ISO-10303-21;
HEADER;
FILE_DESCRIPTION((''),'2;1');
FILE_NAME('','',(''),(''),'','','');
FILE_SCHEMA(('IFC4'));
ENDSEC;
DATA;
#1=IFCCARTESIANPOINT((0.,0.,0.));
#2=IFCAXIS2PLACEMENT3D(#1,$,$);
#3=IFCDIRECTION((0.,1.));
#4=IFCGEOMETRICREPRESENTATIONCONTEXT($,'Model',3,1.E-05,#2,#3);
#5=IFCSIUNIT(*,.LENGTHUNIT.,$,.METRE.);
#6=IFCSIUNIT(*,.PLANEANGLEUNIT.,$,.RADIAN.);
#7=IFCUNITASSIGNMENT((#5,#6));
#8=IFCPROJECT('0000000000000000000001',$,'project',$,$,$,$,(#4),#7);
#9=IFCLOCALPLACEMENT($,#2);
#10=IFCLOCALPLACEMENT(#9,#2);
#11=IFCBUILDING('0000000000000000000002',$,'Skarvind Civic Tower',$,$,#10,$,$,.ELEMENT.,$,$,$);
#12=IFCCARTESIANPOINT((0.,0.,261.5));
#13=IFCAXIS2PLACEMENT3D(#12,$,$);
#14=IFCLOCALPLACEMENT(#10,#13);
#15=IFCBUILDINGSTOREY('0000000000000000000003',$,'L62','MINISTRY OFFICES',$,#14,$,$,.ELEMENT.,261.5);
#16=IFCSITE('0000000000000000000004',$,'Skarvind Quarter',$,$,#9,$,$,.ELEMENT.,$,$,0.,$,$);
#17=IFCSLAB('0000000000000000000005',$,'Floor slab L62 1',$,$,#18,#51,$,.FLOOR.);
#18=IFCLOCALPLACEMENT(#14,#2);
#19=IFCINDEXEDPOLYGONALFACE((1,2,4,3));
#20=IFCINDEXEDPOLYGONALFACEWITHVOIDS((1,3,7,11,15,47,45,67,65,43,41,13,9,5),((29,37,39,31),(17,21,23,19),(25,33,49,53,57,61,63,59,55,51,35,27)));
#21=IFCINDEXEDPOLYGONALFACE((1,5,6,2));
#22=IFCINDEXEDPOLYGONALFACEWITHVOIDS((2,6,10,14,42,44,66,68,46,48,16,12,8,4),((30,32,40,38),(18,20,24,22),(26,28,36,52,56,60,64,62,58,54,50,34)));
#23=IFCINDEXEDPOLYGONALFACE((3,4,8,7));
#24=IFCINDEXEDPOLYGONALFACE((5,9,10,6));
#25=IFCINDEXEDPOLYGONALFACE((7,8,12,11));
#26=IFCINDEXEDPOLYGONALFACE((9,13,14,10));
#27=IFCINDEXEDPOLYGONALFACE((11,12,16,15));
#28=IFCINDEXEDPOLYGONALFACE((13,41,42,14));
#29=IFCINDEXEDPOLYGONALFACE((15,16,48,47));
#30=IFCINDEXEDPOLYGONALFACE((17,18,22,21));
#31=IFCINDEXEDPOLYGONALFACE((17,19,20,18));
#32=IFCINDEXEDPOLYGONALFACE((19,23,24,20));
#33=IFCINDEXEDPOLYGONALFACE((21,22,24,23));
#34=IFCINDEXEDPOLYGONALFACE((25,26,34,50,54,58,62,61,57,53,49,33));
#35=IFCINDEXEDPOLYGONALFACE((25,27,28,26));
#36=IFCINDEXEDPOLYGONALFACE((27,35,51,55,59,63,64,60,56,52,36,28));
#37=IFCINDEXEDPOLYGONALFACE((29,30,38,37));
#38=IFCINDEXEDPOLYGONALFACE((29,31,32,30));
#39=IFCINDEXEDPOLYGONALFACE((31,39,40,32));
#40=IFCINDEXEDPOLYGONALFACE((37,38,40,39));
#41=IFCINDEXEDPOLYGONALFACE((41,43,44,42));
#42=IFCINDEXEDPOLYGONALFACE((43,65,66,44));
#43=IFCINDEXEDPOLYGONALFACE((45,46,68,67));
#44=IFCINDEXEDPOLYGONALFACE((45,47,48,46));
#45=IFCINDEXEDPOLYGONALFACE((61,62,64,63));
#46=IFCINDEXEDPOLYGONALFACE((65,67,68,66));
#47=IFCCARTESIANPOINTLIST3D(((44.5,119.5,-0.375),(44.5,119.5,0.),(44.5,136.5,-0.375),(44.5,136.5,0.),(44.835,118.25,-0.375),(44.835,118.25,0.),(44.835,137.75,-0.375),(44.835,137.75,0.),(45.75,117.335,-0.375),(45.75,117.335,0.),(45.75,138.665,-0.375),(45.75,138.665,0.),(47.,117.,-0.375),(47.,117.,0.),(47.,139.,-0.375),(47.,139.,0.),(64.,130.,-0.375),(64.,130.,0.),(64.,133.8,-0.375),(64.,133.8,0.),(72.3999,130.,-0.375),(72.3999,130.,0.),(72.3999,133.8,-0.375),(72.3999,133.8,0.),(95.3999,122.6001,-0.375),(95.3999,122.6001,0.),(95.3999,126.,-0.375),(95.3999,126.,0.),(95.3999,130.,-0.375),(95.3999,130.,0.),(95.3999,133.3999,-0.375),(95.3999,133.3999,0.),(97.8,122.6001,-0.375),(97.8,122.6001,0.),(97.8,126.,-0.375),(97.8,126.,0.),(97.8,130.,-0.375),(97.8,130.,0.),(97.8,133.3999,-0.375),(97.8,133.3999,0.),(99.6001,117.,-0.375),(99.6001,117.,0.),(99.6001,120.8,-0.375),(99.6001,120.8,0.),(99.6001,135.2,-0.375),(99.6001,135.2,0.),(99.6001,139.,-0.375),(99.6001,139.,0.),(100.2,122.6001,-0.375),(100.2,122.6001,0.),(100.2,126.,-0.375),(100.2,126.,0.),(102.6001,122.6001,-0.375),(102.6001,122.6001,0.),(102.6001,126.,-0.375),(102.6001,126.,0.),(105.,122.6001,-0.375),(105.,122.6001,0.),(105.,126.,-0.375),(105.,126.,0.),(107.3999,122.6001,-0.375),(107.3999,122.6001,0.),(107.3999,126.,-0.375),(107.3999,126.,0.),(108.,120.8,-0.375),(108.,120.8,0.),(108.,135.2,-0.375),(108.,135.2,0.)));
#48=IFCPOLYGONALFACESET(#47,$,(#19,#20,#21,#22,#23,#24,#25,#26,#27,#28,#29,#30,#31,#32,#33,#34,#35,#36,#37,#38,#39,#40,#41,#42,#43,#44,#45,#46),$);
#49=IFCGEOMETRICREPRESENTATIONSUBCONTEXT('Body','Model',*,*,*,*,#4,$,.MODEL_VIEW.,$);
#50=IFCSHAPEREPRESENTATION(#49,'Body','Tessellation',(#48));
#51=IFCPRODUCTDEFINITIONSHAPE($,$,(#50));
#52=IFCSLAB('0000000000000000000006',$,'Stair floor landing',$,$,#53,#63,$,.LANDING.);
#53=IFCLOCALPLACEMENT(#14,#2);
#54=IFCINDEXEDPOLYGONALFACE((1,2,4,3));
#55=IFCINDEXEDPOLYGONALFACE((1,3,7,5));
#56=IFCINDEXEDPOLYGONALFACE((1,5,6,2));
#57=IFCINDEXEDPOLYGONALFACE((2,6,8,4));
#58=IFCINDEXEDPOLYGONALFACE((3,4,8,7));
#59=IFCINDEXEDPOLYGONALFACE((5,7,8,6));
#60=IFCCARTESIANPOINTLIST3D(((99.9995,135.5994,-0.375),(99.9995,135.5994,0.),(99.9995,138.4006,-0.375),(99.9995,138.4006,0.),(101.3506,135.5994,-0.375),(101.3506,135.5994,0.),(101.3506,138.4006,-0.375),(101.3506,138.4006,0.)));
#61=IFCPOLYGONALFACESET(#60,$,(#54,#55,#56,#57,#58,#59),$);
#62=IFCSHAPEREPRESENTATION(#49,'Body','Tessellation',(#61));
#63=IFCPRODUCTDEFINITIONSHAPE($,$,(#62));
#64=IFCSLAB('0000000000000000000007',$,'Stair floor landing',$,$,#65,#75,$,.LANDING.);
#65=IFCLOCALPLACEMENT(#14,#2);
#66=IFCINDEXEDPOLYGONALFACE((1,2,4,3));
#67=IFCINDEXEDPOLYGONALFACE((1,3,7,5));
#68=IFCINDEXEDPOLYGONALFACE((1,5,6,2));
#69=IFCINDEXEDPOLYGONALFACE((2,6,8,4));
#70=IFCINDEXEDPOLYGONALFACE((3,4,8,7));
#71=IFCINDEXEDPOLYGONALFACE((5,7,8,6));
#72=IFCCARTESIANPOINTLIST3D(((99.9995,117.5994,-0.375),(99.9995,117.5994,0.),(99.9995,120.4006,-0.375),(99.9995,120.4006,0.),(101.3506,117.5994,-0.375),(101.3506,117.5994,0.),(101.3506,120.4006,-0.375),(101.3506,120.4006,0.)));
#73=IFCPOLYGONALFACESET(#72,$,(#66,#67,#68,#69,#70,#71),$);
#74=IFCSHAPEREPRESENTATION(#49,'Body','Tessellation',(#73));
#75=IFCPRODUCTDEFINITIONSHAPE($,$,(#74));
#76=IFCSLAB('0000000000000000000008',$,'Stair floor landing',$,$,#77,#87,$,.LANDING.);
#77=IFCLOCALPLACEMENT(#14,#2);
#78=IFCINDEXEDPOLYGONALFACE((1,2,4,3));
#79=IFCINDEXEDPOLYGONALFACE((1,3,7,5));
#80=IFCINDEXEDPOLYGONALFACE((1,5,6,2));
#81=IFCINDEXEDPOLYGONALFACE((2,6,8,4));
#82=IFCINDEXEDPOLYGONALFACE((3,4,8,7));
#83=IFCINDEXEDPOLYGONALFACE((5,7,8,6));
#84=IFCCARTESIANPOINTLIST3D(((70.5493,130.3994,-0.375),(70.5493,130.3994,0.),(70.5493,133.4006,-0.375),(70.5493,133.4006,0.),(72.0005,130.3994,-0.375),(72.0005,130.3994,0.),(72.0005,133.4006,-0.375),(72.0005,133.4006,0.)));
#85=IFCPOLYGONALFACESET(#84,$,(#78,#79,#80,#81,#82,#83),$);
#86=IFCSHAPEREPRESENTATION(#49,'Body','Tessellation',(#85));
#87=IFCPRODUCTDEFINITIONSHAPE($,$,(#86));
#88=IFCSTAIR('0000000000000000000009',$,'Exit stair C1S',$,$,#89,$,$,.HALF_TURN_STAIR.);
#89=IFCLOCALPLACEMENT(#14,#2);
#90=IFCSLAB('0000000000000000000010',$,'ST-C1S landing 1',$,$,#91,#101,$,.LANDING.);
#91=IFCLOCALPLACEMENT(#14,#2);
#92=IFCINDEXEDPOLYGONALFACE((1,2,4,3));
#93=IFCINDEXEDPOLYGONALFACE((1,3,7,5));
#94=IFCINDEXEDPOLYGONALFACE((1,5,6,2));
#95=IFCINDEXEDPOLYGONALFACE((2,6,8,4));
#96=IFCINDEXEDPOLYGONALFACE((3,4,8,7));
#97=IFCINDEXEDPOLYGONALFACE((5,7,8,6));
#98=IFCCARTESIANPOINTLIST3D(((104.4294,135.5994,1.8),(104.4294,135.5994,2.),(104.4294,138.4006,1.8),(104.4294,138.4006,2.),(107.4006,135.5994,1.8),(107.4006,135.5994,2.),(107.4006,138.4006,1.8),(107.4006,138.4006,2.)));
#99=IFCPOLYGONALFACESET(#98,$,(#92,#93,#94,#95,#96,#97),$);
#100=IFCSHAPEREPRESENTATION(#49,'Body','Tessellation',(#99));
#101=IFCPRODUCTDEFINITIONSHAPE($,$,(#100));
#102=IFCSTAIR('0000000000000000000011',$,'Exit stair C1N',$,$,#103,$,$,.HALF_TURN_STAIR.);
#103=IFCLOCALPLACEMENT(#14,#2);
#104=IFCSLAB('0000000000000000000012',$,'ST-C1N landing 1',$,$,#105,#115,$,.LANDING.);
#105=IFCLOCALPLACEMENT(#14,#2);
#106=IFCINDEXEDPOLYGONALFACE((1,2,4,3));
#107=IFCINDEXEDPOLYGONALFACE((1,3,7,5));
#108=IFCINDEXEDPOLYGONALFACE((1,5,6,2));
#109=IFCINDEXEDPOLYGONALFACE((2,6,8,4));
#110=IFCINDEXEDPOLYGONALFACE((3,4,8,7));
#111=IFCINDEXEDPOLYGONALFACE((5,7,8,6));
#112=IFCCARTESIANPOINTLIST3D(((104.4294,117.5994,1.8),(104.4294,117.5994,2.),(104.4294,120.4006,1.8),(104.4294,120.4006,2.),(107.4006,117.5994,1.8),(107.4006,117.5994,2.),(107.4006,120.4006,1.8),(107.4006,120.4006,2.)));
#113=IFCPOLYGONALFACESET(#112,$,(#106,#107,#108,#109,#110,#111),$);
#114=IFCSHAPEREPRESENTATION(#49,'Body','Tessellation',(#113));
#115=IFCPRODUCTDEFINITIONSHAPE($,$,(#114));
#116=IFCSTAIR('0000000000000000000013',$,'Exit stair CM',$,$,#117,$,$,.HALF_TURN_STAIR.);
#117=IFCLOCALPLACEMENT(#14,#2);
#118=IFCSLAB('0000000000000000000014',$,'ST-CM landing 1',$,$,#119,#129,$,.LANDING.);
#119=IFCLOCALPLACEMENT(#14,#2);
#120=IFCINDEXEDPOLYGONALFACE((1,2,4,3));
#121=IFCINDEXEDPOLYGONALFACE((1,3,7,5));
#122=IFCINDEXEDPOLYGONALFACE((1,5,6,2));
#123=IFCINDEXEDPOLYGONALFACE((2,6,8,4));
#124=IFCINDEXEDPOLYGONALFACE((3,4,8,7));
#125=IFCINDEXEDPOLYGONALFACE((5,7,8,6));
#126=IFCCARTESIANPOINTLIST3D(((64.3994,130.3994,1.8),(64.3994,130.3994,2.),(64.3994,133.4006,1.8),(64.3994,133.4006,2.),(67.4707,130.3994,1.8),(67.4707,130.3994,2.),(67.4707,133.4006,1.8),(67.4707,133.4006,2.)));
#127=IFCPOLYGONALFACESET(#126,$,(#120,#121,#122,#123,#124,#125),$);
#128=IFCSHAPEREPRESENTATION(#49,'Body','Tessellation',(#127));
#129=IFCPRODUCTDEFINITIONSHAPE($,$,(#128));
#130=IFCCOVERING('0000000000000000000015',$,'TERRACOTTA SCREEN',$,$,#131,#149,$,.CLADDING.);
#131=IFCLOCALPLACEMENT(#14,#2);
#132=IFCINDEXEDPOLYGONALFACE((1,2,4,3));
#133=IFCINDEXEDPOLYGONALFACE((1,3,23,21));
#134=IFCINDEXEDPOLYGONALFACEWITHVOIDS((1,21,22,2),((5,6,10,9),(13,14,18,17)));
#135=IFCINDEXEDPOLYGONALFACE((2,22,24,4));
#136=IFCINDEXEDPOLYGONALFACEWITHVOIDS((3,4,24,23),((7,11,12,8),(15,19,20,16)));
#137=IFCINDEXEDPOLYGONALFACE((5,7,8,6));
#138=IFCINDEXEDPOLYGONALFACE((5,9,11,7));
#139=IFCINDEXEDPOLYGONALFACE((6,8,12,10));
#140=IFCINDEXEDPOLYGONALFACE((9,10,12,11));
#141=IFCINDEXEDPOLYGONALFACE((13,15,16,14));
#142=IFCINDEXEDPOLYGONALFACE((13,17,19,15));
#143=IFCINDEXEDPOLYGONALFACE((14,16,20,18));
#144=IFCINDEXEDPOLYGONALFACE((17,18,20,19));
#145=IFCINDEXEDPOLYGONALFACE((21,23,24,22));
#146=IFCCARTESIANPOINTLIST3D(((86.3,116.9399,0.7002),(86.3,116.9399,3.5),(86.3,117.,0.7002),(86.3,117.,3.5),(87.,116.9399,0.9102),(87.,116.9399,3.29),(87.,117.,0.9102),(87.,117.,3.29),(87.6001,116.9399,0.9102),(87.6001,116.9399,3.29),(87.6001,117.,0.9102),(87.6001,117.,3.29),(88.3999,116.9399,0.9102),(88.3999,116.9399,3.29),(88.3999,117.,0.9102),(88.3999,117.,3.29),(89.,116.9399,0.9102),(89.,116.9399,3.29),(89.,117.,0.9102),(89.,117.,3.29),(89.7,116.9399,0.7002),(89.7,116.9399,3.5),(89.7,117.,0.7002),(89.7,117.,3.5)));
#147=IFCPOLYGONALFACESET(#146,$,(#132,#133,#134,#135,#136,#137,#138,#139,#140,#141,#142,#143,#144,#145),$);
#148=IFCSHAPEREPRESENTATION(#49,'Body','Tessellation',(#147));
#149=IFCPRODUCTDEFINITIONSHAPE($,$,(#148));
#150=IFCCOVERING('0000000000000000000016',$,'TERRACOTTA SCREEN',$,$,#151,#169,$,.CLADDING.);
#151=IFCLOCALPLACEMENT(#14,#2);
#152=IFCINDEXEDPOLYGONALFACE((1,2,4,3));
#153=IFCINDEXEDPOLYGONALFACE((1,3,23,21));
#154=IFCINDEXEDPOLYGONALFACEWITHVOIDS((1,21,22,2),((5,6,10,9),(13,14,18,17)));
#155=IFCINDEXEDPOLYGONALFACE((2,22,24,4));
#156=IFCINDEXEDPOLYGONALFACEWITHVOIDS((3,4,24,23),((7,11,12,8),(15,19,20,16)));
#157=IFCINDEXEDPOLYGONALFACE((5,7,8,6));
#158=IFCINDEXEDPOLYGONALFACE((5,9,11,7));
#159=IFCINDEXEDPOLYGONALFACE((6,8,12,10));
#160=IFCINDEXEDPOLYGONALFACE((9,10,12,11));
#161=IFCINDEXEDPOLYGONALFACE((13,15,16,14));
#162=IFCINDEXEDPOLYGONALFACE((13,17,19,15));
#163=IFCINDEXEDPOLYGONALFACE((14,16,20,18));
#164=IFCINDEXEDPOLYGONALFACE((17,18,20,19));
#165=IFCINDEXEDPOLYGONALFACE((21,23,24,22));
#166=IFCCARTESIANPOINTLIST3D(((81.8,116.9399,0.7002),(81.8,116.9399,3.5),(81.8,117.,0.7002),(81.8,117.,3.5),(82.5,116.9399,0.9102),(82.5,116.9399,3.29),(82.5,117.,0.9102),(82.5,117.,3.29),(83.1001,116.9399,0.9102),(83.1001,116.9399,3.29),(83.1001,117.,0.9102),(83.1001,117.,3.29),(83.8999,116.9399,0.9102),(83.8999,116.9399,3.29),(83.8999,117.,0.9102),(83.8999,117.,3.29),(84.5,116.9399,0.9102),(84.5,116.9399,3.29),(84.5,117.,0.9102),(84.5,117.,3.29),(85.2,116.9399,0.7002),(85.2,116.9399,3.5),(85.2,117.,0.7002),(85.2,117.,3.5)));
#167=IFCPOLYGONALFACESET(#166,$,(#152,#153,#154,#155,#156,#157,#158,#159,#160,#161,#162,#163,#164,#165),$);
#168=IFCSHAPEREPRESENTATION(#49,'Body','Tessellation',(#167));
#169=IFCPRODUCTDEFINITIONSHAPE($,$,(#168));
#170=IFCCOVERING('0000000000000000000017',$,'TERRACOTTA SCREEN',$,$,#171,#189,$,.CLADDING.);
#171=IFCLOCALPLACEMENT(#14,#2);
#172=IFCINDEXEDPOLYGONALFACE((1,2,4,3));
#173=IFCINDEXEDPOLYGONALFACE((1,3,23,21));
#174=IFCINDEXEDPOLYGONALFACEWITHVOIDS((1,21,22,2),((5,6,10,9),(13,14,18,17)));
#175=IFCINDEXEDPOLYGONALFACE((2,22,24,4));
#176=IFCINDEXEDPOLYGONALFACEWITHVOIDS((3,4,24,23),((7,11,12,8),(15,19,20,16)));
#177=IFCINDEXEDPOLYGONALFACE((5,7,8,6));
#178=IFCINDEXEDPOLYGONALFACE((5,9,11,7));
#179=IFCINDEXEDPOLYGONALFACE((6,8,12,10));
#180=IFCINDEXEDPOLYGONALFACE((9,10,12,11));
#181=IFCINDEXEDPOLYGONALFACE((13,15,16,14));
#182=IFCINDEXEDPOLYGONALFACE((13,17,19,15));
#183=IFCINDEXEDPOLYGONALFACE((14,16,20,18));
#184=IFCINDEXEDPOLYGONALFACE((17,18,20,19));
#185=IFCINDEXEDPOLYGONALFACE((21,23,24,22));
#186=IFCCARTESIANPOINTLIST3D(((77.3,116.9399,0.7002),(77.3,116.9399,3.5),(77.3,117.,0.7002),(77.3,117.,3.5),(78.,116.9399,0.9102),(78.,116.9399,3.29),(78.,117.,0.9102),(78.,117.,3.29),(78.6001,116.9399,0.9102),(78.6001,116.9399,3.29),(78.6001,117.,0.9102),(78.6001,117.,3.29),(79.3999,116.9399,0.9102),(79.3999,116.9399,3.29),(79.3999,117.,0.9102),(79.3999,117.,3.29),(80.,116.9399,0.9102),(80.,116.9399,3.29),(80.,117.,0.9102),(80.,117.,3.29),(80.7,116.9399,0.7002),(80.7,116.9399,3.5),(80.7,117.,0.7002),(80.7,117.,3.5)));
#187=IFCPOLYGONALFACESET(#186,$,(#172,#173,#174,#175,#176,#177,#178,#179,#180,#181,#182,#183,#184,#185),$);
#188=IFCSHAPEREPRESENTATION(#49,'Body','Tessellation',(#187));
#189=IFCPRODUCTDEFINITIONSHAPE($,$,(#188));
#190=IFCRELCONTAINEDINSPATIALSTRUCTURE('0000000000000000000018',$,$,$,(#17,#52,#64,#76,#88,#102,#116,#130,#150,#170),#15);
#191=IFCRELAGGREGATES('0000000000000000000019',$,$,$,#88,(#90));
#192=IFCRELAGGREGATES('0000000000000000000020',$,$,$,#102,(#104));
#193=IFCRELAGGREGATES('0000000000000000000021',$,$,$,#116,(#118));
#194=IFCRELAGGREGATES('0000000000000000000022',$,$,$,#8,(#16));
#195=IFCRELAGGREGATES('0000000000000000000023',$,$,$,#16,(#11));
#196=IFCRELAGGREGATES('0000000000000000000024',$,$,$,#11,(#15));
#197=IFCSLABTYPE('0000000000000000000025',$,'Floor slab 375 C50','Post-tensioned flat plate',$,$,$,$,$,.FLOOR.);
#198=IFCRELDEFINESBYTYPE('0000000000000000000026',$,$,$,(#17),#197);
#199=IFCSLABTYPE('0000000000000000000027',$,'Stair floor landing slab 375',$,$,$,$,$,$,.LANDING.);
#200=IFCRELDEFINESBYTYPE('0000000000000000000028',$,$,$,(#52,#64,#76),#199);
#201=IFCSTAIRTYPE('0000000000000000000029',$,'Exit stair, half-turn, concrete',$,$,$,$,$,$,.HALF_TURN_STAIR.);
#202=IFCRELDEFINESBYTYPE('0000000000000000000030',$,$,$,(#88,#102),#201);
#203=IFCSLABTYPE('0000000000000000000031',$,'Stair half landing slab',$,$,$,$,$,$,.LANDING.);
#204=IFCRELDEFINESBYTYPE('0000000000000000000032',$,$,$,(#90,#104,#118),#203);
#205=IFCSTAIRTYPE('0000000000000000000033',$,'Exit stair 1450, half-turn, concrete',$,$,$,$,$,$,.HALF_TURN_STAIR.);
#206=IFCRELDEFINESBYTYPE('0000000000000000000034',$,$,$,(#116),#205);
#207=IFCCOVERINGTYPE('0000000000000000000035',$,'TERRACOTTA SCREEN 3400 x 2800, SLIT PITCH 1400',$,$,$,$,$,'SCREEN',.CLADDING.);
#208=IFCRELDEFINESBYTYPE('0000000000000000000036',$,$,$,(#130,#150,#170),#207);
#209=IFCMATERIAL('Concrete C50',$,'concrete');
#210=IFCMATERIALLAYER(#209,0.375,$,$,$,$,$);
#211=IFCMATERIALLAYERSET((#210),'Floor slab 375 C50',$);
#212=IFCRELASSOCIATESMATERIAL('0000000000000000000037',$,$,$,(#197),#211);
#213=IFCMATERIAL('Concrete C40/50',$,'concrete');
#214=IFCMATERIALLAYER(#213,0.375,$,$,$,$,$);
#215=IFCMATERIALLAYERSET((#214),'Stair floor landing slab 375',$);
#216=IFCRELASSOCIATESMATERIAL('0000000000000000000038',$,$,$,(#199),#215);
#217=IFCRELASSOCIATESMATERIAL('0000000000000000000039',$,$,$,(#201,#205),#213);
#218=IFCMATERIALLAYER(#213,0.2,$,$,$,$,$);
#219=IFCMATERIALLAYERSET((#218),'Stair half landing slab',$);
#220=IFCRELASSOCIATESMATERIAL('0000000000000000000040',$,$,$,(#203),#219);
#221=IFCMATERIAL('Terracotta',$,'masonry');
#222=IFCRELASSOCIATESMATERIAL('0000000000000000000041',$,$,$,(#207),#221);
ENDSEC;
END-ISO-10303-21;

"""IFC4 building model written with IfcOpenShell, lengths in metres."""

from ifc_helpers import new_model, si_unit, direction, frame, origin, place, context, subcontext, project, spatial, polyline, outline, extrude, material, layer, layer_set, material_profile, profile_set, type_object, element, aggregate, save


model = new_model("IFC4")

# Units and contexts
model_context = context("Model", 3, precision=1e-05, world=origin(), true_north=direction((0.0, 1.0)))
body_context = subcontext(model_context, "Body", "Model", "MODEL_VIEW")
ifc_project = project(units=[si_unit("LENGTHUNIT", "METRE"), si_unit("PLANEANGLEUNIT", "RADIAN")], contexts=[model_context])

# Site, building, storey
site_placement = place(None, origin())
site = spatial("IfcSite", under=ifc_project, at=site_placement, Name="Skarvind Quarter", CompositionType="ELEMENT", RefElevation=0.0)
building_placement = place(site_placement, origin())
building = spatial("IfcBuilding", under=site, at=building_placement, Name="Skarvind Civic Tower", CompositionType="ELEMENT")
storey_placement = place(building_placement, frame((0.0, 0.0, 261.5)))
storey = spatial("IfcBuildingStorey", under=building, at=storey_placement, Name="L62", Description="MINISTRY OFFICES", CompositionType="ELEMENT", Elevation=261.5)

# Slabs
ifc_material_1 = material(Name="Concrete C50", Category="concrete")
ifc_layer_1 = layer(ifc_material_1, 0.375)
ifc_layer_set_1 = layer_set([ifc_layer_1], Name="Floor slab 375 C50")
slab_type_1 = type_object("IfcSlabType", Name="Floor slab 375 C50", Description="Post-tensioned flat plate", PredefinedType="FLOOR", material=ifc_layer_set_1)
slab_1_placement = place(storey_placement, frame((0.0, 0.0, -0.375)))
element("IfcSlab", 1, at=slab_1_placement, inside=storey, type_object=slab_type_1, Name="Floor slab L62 1", PredefinedType="FLOOR", context=body_context, shape_type="SweptSolid", body=[
    extrude(outline(polyline([(99.6001, 117.0), (99.6001, 120.8), (108.0, 120.8), (108.0, 135.2), (99.6001, 135.2), (99.6001, 139.0), (47.0, 139.0), (45.75, 138.665), (44.835, 137.75), (44.5, 136.5), (44.5, 119.5), (44.835, 118.25), (45.75, 117.335), (47.0, 117.0), (99.6001, 117.0)]), holes=[polyline([(95.3999, 126.0), (97.8, 126.0), (100.2, 126.0), (102.6001, 126.0), (105.0, 126.0), (107.3999, 126.0), (107.3999, 122.6001), (105.0, 122.6001), (102.6001, 122.6001), (100.2, 122.6001), (97.8, 122.6001), (95.3999, 122.6001), (95.3999, 126.0)]), polyline([(95.3999, 133.3999), (97.8, 133.3999), (97.8, 130.0), (95.3999, 130.0), (95.3999, 133.3999)]), polyline([(64.0, 130.0), (64.0, 133.8), (72.3999, 133.8), (72.3999, 130.0), (64.0, 130.0)])]), origin(), (0.0, 0.0, 1.0), 0.375),
])
ifc_material_2 = material(Name="Concrete C40/50", Category="concrete")
ifc_layer_2 = layer(ifc_material_2, 0.375)
ifc_layer_set_2 = layer_set([ifc_layer_2], Name="Stair floor landing slab 375")
slab_type_2 = type_object("IfcSlabType", Name="Stair floor landing slab 375", PredefinedType="LANDING", material=ifc_layer_set_2)
slab_2_placement = place(storey_placement, frame((0.0, 0.0, -0.375)))
element("IfcSlab", 2, at=slab_2_placement, inside=storey, type_object=slab_type_2, Name="Stair floor landing", PredefinedType="LANDING", context=body_context, shape_type="SweptSolid", body=[
    extrude(outline(polyline([(101.3506, 138.4006), (101.3506, 135.5994), (99.9995, 135.5994), (99.9995, 138.4006), (101.3506, 138.4006)])), origin(), (0.0, 0.0, 1.0), 0.375),
])
slab_3_placement = place(storey_placement, frame((0.0, 0.0, -0.375)))
element("IfcSlab", 3, at=slab_3_placement, inside=storey, type_object=slab_type_2, Name="Stair floor landing", PredefinedType="LANDING", context=body_context, shape_type="SweptSolid", body=[
    extrude(outline(polyline([(101.3506, 120.4006), (101.3506, 117.5994), (99.9995, 117.5994), (99.9995, 120.4006), (101.3506, 120.4006)])), origin(), (0.0, 0.0, 1.0), 0.375),
])
slab_4_placement = place(storey_placement, frame((0.0, 0.0, -0.375)))
element("IfcSlab", 4, at=slab_4_placement, inside=storey, type_object=slab_type_2, Name="Stair floor landing", PredefinedType="LANDING", context=body_context, shape_type="SweptSolid", body=[
    extrude(outline(polyline([(70.5493, 130.3994), (70.5493, 133.4006), (72.0005, 133.4006), (72.0005, 130.3994), (70.5493, 130.3994)])), origin(), (0.0, 0.0, 1.0), 0.375),
])

# Stairs, slabs
stair_type_1 = type_object("IfcStairType", Name="Exit stair, half-turn, concrete", PredefinedType="HALF_TURN_STAIR", material=ifc_material_2)
stair_1_placement = place(storey_placement, origin())
stair_1 = element("IfcStair", 5, at=stair_1_placement, inside=storey, type_object=stair_type_1, Name="Exit stair C1S", PredefinedType="HALF_TURN_STAIR")
ifc_layer_3 = layer(ifc_material_2, 0.2)
ifc_layer_set_3 = layer_set([ifc_layer_3], Name="Stair half landing slab")
slab_type_3 = type_object("IfcSlabType", Name="Stair half landing slab", PredefinedType="LANDING", material=ifc_layer_set_3)
slab_5_placement = place(storey_placement, frame((0.0, 0.0, 1.8)))
slab_5 = element("IfcSlab", 6, at=slab_5_placement, type_object=slab_type_3, Name="ST-C1S landing 1", PredefinedType="LANDING", context=body_context, shape_type="SweptSolid", body=[
    extrude(outline(polyline([(104.4294, 135.5994), (104.4294, 138.4006), (107.4006, 138.4006), (107.4006, 135.5994), (104.4294, 135.5994)])), origin(), (0.0, 0.0, 1.0), 0.2),
])
aggregate(stair_1, [slab_5])
stair_2_placement = place(storey_placement, origin())
stair_2 = element("IfcStair", 7, at=stair_2_placement, inside=storey, type_object=stair_type_1, Name="Exit stair C1N", PredefinedType="HALF_TURN_STAIR")
slab_6_placement = place(storey_placement, frame((0.0, 0.0, 1.8)))
slab_6 = element("IfcSlab", 8, at=slab_6_placement, type_object=slab_type_3, Name="ST-C1N landing 1", PredefinedType="LANDING", context=body_context, shape_type="SweptSolid", body=[
    extrude(outline(polyline([(104.4294, 117.5994), (104.4294, 120.4006), (107.4006, 120.4006), (107.4006, 117.5994), (104.4294, 117.5994)])), origin(), (0.0, 0.0, 1.0), 0.2),
])
aggregate(stair_2, [slab_6])
stair_type_2 = type_object("IfcStairType", Name="Exit stair 1450, half-turn, concrete", PredefinedType="HALF_TURN_STAIR", material=ifc_material_2)
stair_3_placement = place(storey_placement, origin())
stair_3 = element("IfcStair", 9, at=stair_3_placement, inside=storey, type_object=stair_type_2, Name="Exit stair CM", PredefinedType="HALF_TURN_STAIR")
slab_7_placement = place(storey_placement, frame((0.0, 0.0, 1.8)))
slab_7 = element("IfcSlab", 10, at=slab_7_placement, type_object=slab_type_3, Name="ST-CM landing 1", PredefinedType="LANDING", context=body_context, shape_type="SweptSolid", body=[
    extrude(outline(polyline([(67.4707, 133.4006), (67.4707, 130.3994), (64.3994, 130.3994), (64.3994, 133.4006), (67.4707, 133.4006)])), origin(), (0.0, 0.0, 1.0), 0.2),
])
aggregate(stair_3, [slab_7])

# Coverings
ifc_material_3 = material(Name="Terracotta", Category="masonry")
ifc_material_profile = material_profile(ifc_material_3, outline(polyline([(-1.7, -1.3999), (1.7, -1.3999), (1.7, 1.3999), (-1.7, 1.3999), (-1.7, -1.3999)]), holes=[polyline([(-1.0, -1.1899), (-0.3999, -1.1899), (-0.3999, 1.1899), (-1.0, 1.1899), (-1.0, -1.1899)]), polyline([(0.3999, -1.1899), (1.0, -1.1899), (1.0, 1.1899), (0.3999, 1.1899), (0.3999, -1.1899)])]), Name="TERRACOTTA SCREEN 3400 x 2800, SLIT PITCH 1400")
ifc_profile_set = profile_set([ifc_material_profile], Name="Terracotta")
covering_type = type_object("IfcCoveringType", Name="TERRACOTTA SCREEN 3400 x 2800, SLIT PITCH 1400", ElementType="SCREEN", PredefinedType="CLADDING", material=ifc_profile_set)
for number, where, z_axis, x_axis, name in (
    (11, (88.0, 117.0, 2.1001), (0.0, -1.0, 0.0), (1.0, 0.0, 0.0), "TERRACOTTA SCREEN"),
    (12, (83.5, 117.0, 2.1001), (0.0, -1.0, 0.0), (1.0, 0.0, 0.0), "TERRACOTTA SCREEN"),
    (13, (79.0, 117.0, 2.1001), (0.0, -1.0, 0.0), (1.0, 0.0, 0.0), "TERRACOTTA SCREEN"),
):
    element("IfcCovering", number, at=place(storey_placement, frame(where, z_axis=z_axis, x_axis=x_axis)), inside=storey, type_object=covering_type, Name=name, PredefinedType="CLADDING", context=body_context, shape_type="SweptSolid", body=[
        extrude(outline(polyline([(-1.7, -1.3999), (1.7, -1.3999), (1.7, 1.3999), (-1.7, 1.3999), (-1.7, -1.3999)]), holes=[polyline([(-1.0, -1.1899), (-0.3999, -1.1899), (-0.3999, 1.1899), (-1.0, 1.1899), (-1.0, -1.1899)]), polyline([(0.3999, -1.1899), (1.0, -1.1899), (1.0, 1.1899), (0.3999, 1.1899), (0.3999, -1.1899)])]), origin(), (0.0, 0.0, 1.0), 0.0601),
    ])

save(model, "model.ifc")
